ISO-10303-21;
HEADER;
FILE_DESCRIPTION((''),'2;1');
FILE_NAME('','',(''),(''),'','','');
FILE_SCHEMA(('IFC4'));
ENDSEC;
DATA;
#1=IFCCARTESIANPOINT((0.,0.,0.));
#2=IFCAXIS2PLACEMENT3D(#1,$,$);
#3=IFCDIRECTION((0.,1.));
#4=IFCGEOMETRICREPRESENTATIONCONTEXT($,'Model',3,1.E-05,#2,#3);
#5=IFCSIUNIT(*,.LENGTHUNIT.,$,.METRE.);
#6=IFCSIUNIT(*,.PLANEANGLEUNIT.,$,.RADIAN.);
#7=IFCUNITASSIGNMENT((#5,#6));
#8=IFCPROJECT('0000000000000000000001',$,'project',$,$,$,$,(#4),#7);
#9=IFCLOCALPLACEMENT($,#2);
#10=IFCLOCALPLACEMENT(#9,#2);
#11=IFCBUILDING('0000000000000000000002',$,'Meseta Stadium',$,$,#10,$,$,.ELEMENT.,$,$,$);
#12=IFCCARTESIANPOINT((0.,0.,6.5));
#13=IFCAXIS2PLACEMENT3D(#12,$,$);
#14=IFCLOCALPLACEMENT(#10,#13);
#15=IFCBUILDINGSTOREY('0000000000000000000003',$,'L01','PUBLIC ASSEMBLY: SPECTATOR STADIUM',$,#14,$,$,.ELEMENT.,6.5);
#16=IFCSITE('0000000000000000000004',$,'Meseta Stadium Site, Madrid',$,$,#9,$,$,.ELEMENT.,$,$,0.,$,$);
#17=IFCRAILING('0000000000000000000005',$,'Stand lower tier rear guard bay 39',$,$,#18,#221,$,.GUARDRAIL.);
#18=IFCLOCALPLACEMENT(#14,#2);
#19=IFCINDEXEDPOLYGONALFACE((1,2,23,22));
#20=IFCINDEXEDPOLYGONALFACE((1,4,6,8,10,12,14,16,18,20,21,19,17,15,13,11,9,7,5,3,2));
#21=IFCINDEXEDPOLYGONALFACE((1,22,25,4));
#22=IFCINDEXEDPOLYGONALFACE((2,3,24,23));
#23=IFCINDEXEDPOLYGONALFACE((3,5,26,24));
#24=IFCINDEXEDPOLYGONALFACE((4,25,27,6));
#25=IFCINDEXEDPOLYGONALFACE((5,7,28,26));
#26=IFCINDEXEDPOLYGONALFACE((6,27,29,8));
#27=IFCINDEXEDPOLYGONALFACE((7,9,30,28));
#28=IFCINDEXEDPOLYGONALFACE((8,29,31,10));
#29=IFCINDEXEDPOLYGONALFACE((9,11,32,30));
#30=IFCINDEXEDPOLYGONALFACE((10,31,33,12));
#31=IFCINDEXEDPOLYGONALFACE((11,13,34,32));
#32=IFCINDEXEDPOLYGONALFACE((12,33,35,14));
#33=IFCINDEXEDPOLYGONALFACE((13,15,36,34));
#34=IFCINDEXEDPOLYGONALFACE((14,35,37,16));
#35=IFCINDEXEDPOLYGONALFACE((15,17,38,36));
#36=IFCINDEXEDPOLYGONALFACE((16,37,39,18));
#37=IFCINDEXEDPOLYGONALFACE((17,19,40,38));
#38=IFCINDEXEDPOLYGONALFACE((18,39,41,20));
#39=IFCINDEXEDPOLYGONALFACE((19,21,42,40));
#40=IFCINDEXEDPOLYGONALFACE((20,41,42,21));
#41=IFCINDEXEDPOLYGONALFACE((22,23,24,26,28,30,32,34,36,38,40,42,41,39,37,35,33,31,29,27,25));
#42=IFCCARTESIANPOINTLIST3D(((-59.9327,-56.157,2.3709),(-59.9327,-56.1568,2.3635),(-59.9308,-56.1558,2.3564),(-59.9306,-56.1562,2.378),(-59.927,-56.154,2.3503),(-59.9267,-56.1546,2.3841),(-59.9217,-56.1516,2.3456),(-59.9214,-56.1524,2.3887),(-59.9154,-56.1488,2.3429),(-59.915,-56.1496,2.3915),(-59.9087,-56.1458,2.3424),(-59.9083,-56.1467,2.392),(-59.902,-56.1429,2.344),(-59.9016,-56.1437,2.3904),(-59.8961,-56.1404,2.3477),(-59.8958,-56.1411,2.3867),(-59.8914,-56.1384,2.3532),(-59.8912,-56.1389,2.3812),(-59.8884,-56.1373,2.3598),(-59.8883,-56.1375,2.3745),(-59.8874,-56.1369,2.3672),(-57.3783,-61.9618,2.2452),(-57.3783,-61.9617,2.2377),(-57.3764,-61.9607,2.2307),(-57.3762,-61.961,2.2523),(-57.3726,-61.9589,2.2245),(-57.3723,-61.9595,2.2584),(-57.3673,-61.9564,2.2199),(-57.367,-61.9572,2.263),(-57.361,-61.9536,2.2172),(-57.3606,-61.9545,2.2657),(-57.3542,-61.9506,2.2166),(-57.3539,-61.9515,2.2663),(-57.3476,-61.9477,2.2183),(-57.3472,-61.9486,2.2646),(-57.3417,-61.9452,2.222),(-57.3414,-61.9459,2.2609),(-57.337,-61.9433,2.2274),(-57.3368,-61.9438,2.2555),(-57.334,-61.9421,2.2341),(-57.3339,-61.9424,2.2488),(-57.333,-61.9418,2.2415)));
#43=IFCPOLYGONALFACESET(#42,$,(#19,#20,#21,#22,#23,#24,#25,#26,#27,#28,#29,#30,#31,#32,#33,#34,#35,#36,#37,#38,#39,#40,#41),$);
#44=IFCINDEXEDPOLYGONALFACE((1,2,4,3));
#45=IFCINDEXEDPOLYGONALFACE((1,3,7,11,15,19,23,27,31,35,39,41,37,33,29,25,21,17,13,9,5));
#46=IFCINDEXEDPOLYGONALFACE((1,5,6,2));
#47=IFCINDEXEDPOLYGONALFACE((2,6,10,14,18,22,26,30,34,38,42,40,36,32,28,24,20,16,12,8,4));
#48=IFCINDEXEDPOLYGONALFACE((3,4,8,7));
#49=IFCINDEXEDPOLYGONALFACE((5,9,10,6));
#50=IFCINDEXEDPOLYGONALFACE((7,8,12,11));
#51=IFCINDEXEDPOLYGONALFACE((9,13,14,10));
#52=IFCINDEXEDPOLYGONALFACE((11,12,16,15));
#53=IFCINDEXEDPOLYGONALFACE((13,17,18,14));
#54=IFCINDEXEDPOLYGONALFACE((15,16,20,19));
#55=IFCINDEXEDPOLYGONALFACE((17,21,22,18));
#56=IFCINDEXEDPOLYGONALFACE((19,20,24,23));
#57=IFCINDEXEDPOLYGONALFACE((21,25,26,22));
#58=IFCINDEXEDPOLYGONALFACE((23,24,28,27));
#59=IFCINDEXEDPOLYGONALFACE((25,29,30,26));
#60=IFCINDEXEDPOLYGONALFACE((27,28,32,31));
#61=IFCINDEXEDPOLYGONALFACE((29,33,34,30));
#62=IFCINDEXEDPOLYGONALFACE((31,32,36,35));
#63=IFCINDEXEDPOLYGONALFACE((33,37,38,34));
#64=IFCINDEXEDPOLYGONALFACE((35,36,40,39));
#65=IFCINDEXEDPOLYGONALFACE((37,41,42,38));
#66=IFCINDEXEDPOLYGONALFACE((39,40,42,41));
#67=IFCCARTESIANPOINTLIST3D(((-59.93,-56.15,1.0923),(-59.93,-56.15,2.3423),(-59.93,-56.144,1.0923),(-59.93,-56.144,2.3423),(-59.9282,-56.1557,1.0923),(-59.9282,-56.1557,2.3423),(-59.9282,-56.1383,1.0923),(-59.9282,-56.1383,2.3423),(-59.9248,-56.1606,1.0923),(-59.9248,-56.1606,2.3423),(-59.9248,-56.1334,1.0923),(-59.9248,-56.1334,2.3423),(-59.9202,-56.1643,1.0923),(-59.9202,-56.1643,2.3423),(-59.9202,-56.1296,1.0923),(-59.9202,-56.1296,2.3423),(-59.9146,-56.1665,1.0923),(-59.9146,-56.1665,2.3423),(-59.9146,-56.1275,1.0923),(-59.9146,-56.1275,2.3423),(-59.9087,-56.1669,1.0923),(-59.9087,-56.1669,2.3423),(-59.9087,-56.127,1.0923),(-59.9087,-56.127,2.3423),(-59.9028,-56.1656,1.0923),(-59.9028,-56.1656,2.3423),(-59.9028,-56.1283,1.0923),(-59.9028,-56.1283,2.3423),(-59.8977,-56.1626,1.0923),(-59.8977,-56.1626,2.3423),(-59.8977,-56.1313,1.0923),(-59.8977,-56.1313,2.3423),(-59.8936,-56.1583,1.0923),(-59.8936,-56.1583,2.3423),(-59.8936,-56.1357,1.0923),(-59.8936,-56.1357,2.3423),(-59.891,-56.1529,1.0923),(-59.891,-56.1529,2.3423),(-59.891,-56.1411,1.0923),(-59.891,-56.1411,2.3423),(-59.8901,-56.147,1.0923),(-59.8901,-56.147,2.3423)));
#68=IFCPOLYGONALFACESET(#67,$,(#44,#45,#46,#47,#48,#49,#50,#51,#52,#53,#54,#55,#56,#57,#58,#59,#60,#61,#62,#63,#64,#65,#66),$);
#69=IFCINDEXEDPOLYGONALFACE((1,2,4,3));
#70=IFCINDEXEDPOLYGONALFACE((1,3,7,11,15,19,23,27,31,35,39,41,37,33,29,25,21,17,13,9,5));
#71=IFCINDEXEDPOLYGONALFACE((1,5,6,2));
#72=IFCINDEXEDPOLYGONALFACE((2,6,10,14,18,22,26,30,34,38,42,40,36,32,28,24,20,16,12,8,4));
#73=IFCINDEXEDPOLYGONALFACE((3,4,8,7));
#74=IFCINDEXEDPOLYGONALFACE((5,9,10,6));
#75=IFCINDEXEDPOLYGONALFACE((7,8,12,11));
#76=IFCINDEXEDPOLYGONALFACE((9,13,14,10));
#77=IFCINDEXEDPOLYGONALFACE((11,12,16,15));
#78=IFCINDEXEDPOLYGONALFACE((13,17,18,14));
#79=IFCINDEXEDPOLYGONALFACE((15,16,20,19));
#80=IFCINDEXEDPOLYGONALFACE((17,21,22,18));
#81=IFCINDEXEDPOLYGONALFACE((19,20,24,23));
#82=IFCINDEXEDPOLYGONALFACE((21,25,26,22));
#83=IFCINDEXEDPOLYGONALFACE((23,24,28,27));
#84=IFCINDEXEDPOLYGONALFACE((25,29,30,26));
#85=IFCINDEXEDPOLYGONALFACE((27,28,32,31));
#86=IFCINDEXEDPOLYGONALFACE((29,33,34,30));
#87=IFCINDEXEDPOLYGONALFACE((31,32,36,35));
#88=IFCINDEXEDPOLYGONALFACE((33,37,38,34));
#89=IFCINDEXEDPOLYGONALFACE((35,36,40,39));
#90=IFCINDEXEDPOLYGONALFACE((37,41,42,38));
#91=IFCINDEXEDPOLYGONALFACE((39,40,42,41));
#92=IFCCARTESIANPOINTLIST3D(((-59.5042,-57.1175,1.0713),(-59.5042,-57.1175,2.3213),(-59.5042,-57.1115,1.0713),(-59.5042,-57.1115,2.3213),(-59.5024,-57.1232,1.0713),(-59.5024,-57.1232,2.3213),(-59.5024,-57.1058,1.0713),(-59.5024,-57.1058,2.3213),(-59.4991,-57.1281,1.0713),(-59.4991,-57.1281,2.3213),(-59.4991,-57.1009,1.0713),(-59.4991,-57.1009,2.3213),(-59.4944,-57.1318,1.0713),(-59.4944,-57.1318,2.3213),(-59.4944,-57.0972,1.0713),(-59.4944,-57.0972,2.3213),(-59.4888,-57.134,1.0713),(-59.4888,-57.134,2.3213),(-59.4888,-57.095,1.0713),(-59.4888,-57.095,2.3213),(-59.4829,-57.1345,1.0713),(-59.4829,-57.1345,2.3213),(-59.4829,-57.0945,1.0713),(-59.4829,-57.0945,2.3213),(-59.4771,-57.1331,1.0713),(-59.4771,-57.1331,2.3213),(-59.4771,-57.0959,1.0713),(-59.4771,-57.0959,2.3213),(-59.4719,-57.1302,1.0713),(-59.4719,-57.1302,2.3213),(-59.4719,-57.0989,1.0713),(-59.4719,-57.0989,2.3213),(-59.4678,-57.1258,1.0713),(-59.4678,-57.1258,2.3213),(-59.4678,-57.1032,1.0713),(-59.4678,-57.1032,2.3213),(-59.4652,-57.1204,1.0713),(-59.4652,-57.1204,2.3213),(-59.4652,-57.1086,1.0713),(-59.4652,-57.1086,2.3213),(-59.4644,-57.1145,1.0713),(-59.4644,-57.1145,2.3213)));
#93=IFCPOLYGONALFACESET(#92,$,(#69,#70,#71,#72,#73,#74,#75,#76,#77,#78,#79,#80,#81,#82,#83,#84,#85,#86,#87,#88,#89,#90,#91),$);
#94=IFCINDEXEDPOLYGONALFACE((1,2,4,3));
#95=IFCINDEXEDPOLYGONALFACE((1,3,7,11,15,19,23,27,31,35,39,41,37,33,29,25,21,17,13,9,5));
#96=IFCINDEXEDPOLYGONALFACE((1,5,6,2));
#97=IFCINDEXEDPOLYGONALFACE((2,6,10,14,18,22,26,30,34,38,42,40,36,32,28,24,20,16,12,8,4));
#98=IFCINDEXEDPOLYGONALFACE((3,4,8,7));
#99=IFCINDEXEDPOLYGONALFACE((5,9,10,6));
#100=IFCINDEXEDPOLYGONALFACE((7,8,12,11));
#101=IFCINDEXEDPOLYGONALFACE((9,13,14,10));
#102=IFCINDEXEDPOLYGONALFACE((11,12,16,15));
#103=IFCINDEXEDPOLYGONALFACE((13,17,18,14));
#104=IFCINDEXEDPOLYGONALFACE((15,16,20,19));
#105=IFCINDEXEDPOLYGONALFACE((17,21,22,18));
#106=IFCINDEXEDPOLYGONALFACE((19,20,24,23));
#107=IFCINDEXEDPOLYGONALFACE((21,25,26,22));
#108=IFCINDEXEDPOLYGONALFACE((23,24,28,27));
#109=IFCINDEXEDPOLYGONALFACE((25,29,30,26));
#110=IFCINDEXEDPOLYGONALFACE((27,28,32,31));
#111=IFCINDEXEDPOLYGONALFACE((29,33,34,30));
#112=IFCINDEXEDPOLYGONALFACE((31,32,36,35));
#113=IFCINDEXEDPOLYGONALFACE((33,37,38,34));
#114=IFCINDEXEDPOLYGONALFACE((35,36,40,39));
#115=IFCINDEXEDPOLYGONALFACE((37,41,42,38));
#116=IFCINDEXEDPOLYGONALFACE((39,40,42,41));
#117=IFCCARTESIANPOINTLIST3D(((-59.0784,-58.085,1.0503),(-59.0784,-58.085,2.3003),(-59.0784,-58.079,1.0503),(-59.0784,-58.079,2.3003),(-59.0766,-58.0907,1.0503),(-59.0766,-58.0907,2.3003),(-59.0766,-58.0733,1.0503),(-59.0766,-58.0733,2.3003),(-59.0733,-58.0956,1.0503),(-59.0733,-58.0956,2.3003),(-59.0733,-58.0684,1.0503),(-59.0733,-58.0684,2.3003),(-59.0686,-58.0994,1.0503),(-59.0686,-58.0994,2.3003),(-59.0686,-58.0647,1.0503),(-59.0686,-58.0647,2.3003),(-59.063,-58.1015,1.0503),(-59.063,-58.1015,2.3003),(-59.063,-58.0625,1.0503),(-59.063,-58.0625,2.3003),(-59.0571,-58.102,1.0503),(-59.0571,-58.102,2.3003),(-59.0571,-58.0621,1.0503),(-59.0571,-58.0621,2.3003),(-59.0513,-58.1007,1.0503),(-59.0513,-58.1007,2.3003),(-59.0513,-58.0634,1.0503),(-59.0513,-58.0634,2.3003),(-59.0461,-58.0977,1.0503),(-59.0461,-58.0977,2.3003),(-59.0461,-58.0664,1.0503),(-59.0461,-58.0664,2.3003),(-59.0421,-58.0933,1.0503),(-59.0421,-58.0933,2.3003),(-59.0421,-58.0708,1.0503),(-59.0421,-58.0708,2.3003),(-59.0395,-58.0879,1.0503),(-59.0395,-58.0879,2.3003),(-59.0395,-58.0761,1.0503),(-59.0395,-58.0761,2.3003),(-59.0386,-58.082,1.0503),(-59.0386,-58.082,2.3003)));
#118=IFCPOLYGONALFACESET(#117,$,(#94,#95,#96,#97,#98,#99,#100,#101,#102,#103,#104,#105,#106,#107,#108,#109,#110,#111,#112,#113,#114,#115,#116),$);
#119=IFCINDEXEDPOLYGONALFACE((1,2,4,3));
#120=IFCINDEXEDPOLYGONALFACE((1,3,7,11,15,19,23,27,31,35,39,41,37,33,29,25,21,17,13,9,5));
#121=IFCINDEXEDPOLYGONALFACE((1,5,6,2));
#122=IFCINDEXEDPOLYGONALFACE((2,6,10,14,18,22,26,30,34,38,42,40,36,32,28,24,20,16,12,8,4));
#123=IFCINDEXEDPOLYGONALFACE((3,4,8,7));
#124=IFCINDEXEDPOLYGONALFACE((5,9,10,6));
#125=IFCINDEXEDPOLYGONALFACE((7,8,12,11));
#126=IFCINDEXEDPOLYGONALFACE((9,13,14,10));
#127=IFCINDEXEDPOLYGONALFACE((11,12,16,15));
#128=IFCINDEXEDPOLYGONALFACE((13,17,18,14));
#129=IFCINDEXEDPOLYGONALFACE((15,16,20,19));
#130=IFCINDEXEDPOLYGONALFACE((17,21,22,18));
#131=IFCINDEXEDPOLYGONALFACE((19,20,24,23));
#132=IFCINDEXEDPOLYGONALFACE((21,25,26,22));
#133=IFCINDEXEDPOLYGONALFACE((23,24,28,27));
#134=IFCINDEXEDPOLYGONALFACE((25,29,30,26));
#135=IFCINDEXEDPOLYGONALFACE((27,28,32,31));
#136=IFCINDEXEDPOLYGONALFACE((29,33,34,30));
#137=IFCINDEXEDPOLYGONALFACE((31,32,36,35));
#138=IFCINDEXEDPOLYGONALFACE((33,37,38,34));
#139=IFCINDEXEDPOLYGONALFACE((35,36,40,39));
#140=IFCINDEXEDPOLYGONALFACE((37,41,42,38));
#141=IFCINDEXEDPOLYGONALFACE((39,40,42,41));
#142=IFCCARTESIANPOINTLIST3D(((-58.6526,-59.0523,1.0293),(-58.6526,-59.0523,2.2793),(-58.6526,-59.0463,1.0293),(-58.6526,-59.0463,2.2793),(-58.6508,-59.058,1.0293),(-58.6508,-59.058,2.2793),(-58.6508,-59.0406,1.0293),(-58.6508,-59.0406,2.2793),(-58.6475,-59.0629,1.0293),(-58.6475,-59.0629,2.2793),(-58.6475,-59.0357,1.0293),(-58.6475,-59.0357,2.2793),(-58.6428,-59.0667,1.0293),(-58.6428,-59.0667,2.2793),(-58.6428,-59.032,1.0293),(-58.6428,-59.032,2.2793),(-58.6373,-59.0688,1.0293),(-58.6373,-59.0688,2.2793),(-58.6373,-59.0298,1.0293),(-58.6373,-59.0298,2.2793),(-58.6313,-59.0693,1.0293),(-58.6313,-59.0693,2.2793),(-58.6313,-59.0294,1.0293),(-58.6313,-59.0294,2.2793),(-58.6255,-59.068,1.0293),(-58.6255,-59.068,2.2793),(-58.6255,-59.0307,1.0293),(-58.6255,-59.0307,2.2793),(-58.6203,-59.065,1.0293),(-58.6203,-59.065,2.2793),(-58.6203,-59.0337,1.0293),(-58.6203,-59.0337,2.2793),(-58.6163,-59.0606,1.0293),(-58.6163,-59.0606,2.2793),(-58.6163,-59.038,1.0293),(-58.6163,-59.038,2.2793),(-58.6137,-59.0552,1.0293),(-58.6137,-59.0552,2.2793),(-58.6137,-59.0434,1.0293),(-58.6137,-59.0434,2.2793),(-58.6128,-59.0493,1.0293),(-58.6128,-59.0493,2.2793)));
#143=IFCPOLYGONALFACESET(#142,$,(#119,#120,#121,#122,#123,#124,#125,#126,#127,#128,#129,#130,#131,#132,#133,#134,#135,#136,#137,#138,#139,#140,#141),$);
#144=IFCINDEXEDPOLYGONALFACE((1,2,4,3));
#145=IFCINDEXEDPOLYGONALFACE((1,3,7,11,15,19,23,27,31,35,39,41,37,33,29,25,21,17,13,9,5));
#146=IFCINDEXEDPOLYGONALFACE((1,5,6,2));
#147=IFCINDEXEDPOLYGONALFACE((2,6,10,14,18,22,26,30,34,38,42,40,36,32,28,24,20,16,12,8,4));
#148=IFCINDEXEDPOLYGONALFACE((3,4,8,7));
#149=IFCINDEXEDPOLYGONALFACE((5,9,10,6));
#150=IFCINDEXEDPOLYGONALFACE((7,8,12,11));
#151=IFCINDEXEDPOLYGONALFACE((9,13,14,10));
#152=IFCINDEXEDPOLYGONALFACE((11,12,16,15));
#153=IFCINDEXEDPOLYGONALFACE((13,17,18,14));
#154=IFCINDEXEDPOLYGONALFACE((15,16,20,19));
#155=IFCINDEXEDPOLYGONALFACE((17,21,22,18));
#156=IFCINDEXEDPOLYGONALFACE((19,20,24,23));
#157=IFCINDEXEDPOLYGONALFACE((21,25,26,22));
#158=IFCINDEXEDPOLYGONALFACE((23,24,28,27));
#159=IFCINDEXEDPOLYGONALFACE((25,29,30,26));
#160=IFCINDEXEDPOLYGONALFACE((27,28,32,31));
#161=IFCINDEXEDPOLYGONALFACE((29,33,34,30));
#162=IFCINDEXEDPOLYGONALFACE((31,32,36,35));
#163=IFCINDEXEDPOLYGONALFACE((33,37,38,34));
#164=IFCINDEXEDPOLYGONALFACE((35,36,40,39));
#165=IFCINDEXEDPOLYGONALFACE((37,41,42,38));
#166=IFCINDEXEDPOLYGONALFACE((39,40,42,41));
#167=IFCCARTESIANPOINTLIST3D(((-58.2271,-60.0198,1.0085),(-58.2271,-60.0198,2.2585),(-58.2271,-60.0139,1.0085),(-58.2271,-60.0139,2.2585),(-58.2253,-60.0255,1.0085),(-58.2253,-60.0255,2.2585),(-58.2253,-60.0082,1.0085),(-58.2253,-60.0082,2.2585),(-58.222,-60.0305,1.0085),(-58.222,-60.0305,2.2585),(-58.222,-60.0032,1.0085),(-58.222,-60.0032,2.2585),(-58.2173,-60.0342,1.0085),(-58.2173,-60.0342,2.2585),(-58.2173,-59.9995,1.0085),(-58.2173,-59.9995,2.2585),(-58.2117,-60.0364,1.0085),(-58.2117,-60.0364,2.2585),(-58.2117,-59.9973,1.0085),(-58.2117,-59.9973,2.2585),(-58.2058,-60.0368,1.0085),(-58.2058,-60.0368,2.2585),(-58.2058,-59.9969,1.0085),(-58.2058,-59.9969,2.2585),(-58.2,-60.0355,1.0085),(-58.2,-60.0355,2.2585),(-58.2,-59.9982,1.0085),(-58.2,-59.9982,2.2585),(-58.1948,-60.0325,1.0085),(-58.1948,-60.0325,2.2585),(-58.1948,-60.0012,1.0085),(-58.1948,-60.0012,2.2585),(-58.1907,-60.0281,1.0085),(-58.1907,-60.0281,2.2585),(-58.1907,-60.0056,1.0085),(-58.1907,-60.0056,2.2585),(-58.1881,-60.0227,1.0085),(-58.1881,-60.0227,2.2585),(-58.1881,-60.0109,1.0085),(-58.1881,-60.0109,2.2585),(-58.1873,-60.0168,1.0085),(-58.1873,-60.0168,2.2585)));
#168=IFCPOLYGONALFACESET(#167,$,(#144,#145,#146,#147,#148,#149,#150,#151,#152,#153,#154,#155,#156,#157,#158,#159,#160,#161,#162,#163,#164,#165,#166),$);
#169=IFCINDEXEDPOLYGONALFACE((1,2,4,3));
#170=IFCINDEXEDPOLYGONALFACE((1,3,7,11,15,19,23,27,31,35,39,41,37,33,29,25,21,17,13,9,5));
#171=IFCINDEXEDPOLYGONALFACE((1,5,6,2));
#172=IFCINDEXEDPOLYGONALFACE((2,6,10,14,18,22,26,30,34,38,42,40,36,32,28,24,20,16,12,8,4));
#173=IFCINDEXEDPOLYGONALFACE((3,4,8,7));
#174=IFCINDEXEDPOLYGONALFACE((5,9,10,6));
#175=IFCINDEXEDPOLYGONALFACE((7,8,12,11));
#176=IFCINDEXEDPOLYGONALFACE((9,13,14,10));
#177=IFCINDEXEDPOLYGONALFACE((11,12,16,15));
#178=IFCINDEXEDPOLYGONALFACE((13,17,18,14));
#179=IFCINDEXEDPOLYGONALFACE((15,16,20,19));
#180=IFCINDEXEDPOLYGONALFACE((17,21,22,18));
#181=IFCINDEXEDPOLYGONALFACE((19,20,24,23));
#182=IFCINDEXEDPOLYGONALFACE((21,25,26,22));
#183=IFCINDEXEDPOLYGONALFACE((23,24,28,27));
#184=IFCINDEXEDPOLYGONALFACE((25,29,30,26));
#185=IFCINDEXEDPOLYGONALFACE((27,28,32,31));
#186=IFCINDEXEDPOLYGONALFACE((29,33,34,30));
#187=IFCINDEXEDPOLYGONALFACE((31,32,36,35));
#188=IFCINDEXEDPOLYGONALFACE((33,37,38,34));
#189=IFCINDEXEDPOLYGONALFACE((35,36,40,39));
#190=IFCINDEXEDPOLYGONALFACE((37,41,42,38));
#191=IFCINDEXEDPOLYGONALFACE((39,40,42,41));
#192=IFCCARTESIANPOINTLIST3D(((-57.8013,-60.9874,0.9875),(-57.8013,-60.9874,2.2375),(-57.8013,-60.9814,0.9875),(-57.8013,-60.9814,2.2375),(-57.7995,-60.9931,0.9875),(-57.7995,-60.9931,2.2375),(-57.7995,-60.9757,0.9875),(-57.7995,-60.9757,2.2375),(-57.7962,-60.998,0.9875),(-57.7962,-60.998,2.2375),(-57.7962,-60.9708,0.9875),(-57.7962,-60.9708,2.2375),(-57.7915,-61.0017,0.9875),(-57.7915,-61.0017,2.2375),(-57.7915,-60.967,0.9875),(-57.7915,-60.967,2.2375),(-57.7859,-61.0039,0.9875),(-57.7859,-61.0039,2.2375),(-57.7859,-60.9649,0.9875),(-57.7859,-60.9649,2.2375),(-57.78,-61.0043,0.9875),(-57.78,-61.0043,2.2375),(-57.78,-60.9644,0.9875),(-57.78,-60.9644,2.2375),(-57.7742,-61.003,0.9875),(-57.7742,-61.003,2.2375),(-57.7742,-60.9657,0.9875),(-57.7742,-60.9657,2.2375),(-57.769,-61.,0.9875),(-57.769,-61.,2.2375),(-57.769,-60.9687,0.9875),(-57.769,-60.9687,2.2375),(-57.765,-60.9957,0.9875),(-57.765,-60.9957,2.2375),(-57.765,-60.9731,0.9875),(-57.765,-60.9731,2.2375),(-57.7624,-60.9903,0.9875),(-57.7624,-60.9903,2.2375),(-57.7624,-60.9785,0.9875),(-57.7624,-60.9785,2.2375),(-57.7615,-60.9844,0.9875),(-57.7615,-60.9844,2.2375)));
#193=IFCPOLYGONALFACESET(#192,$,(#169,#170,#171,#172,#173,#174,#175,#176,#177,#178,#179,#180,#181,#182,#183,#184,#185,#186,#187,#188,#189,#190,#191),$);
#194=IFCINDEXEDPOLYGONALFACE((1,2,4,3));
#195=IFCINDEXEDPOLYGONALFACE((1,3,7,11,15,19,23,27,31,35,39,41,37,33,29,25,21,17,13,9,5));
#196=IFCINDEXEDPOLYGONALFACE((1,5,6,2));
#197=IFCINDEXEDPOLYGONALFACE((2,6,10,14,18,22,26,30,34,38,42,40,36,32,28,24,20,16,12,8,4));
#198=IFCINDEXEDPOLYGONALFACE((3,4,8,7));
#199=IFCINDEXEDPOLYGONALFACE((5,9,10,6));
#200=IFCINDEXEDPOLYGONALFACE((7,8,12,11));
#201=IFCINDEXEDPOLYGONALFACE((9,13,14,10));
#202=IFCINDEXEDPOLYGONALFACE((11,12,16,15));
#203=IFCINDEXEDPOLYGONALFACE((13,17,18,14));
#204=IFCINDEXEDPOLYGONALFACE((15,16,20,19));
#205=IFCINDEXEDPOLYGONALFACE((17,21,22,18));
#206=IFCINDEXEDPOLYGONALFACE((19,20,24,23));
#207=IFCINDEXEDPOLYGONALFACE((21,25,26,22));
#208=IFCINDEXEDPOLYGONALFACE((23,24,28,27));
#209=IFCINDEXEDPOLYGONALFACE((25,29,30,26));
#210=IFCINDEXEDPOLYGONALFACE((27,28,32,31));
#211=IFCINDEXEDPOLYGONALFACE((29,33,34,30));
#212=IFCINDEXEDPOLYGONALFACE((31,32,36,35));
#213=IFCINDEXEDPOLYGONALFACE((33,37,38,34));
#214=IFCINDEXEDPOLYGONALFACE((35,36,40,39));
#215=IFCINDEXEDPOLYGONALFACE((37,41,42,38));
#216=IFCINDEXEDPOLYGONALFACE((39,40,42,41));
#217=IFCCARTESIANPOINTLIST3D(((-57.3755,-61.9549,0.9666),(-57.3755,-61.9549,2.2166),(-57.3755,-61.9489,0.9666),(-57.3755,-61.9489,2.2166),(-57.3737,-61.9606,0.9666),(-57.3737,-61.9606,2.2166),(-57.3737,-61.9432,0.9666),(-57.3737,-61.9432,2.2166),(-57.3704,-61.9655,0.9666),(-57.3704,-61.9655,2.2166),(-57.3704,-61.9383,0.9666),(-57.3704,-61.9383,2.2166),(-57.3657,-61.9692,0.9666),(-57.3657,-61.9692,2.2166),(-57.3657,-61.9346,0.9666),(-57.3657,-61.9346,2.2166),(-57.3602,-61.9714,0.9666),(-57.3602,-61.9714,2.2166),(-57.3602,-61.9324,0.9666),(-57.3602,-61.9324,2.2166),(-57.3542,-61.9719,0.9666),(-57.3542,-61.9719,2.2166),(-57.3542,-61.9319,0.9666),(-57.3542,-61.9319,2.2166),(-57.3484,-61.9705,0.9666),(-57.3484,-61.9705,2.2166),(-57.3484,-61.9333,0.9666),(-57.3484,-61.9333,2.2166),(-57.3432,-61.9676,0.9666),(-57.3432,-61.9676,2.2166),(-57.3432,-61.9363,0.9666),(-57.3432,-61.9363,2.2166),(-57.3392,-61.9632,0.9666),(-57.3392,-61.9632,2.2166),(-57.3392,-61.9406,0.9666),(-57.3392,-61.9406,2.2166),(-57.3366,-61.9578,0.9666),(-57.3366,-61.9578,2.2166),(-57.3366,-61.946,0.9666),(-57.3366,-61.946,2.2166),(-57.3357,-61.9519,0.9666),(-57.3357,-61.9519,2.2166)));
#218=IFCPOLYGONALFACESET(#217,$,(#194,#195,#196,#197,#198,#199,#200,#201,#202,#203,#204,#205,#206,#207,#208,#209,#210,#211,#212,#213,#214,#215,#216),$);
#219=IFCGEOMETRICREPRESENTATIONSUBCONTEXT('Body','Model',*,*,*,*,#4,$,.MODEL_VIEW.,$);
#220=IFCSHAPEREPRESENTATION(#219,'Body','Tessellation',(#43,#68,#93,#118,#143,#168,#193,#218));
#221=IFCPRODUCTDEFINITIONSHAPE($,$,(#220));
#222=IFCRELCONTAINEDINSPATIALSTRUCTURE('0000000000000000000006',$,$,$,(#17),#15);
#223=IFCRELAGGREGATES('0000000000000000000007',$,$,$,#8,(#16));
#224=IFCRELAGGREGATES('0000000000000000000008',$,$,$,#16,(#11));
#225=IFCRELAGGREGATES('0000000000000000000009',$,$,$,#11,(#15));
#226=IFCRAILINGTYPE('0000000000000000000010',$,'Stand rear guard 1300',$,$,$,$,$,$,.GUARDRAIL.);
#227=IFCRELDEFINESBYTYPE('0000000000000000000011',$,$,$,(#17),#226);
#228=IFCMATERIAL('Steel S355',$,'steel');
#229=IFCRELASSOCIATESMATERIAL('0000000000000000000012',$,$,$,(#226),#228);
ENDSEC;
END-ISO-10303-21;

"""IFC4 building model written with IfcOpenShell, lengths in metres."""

from ifc_helpers import new_model, si_unit, direction, frame, origin, origin_2d, place, context, subcontext, project, spatial, circle, extrude, material, type_object, element, save


model = new_model("IFC4")

# Units and contexts
model_context = context("Model", 3, precision=1e-05, world=origin(), true_north=direction((0.0, 1.0)))
body_context = subcontext(model_context, "Body", "Model", "MODEL_VIEW")
ifc_project = project(units=[si_unit("LENGTHUNIT", "METRE"), si_unit("PLANEANGLEUNIT", "RADIAN")], contexts=[model_context])

# Site, building, storey
site_placement = place(None, origin())
site = spatial("IfcSite", under=ifc_project, at=site_placement, Name="Meseta Stadium Site, Madrid", CompositionType="ELEMENT", RefElevation=0.0)
building_placement = place(site_placement, origin())
building = spatial("IfcBuilding", under=site, at=building_placement, Name="Meseta Stadium", CompositionType="ELEMENT")
storey_placement = place(building_placement, frame((0.0, 0.0, 6.5)))
storey = spatial("IfcBuildingStorey", under=building, at=storey_placement, Name="L01", Description="PUBLIC ASSEMBLY: SPECTATOR STADIUM", CompositionType="ELEMENT", Elevation=6.5)

# Railing
ifc_material_1 = material(Name="Steel S355", Category="steel")
railing_type = type_object("IfcRailingType", Name="Stand rear guard 1300", PredefinedType="GUARDRAIL", material=ifc_material_1)
railing_placement = place(storey_placement, frame((-59.9102, -56.147, 1.0923)))
element("IfcRailing", 1, at=railing_placement, inside=storey, type_object=railing_type, Name="Stand lower tier rear guard bay 39", PredefinedType="GUARDRAIL", context=body_context, shape_type="SweptSolid", body=[
    extrude(circle(Radius=0.0249, at=origin_2d()), frame((0.0, 0.0, 1.2749), z_axis=(0.402696, -0.915119, -0.019821), x_axis=(0.915299, 0.402775, 0.0)), (0.0, 0.0, 1.0), 6.3433),
    extrude(circle(Radius=0.02, at=origin_2d()), origin(), (0.0, 0.0, 1.0), 1.25),
    extrude(circle(Radius=0.02, at=origin_2d()), frame((0.4258, -0.9675, -0.021)), (0.0, 0.0, 1.0), 1.25),
    extrude(circle(Radius=0.02, at=origin_2d()), frame((0.8516, -1.9351, -0.042)), (0.0, 0.0, 1.0), 1.25),
    extrude(circle(Radius=0.02, at=origin_2d()), frame((1.2773, -2.9023, -0.063)), (0.0, 0.0, 1.0), 1.25),
    extrude(circle(Radius=0.02, at=origin_2d()), frame((1.7029, -3.8699, -0.0837)), (0.0, 0.0, 1.0), 1.25),
    extrude(circle(Radius=0.02, at=origin_2d()), frame((2.1287, -4.8374, -0.1047)), (0.0, 0.0, 1.0), 1.25),
    extrude(circle(Radius=0.02, at=origin_2d()), frame((2.5544, -5.8049, -0.1257)), (0.0, 0.0, 1.0), 1.25),
])

save(model, "model.ifc")
